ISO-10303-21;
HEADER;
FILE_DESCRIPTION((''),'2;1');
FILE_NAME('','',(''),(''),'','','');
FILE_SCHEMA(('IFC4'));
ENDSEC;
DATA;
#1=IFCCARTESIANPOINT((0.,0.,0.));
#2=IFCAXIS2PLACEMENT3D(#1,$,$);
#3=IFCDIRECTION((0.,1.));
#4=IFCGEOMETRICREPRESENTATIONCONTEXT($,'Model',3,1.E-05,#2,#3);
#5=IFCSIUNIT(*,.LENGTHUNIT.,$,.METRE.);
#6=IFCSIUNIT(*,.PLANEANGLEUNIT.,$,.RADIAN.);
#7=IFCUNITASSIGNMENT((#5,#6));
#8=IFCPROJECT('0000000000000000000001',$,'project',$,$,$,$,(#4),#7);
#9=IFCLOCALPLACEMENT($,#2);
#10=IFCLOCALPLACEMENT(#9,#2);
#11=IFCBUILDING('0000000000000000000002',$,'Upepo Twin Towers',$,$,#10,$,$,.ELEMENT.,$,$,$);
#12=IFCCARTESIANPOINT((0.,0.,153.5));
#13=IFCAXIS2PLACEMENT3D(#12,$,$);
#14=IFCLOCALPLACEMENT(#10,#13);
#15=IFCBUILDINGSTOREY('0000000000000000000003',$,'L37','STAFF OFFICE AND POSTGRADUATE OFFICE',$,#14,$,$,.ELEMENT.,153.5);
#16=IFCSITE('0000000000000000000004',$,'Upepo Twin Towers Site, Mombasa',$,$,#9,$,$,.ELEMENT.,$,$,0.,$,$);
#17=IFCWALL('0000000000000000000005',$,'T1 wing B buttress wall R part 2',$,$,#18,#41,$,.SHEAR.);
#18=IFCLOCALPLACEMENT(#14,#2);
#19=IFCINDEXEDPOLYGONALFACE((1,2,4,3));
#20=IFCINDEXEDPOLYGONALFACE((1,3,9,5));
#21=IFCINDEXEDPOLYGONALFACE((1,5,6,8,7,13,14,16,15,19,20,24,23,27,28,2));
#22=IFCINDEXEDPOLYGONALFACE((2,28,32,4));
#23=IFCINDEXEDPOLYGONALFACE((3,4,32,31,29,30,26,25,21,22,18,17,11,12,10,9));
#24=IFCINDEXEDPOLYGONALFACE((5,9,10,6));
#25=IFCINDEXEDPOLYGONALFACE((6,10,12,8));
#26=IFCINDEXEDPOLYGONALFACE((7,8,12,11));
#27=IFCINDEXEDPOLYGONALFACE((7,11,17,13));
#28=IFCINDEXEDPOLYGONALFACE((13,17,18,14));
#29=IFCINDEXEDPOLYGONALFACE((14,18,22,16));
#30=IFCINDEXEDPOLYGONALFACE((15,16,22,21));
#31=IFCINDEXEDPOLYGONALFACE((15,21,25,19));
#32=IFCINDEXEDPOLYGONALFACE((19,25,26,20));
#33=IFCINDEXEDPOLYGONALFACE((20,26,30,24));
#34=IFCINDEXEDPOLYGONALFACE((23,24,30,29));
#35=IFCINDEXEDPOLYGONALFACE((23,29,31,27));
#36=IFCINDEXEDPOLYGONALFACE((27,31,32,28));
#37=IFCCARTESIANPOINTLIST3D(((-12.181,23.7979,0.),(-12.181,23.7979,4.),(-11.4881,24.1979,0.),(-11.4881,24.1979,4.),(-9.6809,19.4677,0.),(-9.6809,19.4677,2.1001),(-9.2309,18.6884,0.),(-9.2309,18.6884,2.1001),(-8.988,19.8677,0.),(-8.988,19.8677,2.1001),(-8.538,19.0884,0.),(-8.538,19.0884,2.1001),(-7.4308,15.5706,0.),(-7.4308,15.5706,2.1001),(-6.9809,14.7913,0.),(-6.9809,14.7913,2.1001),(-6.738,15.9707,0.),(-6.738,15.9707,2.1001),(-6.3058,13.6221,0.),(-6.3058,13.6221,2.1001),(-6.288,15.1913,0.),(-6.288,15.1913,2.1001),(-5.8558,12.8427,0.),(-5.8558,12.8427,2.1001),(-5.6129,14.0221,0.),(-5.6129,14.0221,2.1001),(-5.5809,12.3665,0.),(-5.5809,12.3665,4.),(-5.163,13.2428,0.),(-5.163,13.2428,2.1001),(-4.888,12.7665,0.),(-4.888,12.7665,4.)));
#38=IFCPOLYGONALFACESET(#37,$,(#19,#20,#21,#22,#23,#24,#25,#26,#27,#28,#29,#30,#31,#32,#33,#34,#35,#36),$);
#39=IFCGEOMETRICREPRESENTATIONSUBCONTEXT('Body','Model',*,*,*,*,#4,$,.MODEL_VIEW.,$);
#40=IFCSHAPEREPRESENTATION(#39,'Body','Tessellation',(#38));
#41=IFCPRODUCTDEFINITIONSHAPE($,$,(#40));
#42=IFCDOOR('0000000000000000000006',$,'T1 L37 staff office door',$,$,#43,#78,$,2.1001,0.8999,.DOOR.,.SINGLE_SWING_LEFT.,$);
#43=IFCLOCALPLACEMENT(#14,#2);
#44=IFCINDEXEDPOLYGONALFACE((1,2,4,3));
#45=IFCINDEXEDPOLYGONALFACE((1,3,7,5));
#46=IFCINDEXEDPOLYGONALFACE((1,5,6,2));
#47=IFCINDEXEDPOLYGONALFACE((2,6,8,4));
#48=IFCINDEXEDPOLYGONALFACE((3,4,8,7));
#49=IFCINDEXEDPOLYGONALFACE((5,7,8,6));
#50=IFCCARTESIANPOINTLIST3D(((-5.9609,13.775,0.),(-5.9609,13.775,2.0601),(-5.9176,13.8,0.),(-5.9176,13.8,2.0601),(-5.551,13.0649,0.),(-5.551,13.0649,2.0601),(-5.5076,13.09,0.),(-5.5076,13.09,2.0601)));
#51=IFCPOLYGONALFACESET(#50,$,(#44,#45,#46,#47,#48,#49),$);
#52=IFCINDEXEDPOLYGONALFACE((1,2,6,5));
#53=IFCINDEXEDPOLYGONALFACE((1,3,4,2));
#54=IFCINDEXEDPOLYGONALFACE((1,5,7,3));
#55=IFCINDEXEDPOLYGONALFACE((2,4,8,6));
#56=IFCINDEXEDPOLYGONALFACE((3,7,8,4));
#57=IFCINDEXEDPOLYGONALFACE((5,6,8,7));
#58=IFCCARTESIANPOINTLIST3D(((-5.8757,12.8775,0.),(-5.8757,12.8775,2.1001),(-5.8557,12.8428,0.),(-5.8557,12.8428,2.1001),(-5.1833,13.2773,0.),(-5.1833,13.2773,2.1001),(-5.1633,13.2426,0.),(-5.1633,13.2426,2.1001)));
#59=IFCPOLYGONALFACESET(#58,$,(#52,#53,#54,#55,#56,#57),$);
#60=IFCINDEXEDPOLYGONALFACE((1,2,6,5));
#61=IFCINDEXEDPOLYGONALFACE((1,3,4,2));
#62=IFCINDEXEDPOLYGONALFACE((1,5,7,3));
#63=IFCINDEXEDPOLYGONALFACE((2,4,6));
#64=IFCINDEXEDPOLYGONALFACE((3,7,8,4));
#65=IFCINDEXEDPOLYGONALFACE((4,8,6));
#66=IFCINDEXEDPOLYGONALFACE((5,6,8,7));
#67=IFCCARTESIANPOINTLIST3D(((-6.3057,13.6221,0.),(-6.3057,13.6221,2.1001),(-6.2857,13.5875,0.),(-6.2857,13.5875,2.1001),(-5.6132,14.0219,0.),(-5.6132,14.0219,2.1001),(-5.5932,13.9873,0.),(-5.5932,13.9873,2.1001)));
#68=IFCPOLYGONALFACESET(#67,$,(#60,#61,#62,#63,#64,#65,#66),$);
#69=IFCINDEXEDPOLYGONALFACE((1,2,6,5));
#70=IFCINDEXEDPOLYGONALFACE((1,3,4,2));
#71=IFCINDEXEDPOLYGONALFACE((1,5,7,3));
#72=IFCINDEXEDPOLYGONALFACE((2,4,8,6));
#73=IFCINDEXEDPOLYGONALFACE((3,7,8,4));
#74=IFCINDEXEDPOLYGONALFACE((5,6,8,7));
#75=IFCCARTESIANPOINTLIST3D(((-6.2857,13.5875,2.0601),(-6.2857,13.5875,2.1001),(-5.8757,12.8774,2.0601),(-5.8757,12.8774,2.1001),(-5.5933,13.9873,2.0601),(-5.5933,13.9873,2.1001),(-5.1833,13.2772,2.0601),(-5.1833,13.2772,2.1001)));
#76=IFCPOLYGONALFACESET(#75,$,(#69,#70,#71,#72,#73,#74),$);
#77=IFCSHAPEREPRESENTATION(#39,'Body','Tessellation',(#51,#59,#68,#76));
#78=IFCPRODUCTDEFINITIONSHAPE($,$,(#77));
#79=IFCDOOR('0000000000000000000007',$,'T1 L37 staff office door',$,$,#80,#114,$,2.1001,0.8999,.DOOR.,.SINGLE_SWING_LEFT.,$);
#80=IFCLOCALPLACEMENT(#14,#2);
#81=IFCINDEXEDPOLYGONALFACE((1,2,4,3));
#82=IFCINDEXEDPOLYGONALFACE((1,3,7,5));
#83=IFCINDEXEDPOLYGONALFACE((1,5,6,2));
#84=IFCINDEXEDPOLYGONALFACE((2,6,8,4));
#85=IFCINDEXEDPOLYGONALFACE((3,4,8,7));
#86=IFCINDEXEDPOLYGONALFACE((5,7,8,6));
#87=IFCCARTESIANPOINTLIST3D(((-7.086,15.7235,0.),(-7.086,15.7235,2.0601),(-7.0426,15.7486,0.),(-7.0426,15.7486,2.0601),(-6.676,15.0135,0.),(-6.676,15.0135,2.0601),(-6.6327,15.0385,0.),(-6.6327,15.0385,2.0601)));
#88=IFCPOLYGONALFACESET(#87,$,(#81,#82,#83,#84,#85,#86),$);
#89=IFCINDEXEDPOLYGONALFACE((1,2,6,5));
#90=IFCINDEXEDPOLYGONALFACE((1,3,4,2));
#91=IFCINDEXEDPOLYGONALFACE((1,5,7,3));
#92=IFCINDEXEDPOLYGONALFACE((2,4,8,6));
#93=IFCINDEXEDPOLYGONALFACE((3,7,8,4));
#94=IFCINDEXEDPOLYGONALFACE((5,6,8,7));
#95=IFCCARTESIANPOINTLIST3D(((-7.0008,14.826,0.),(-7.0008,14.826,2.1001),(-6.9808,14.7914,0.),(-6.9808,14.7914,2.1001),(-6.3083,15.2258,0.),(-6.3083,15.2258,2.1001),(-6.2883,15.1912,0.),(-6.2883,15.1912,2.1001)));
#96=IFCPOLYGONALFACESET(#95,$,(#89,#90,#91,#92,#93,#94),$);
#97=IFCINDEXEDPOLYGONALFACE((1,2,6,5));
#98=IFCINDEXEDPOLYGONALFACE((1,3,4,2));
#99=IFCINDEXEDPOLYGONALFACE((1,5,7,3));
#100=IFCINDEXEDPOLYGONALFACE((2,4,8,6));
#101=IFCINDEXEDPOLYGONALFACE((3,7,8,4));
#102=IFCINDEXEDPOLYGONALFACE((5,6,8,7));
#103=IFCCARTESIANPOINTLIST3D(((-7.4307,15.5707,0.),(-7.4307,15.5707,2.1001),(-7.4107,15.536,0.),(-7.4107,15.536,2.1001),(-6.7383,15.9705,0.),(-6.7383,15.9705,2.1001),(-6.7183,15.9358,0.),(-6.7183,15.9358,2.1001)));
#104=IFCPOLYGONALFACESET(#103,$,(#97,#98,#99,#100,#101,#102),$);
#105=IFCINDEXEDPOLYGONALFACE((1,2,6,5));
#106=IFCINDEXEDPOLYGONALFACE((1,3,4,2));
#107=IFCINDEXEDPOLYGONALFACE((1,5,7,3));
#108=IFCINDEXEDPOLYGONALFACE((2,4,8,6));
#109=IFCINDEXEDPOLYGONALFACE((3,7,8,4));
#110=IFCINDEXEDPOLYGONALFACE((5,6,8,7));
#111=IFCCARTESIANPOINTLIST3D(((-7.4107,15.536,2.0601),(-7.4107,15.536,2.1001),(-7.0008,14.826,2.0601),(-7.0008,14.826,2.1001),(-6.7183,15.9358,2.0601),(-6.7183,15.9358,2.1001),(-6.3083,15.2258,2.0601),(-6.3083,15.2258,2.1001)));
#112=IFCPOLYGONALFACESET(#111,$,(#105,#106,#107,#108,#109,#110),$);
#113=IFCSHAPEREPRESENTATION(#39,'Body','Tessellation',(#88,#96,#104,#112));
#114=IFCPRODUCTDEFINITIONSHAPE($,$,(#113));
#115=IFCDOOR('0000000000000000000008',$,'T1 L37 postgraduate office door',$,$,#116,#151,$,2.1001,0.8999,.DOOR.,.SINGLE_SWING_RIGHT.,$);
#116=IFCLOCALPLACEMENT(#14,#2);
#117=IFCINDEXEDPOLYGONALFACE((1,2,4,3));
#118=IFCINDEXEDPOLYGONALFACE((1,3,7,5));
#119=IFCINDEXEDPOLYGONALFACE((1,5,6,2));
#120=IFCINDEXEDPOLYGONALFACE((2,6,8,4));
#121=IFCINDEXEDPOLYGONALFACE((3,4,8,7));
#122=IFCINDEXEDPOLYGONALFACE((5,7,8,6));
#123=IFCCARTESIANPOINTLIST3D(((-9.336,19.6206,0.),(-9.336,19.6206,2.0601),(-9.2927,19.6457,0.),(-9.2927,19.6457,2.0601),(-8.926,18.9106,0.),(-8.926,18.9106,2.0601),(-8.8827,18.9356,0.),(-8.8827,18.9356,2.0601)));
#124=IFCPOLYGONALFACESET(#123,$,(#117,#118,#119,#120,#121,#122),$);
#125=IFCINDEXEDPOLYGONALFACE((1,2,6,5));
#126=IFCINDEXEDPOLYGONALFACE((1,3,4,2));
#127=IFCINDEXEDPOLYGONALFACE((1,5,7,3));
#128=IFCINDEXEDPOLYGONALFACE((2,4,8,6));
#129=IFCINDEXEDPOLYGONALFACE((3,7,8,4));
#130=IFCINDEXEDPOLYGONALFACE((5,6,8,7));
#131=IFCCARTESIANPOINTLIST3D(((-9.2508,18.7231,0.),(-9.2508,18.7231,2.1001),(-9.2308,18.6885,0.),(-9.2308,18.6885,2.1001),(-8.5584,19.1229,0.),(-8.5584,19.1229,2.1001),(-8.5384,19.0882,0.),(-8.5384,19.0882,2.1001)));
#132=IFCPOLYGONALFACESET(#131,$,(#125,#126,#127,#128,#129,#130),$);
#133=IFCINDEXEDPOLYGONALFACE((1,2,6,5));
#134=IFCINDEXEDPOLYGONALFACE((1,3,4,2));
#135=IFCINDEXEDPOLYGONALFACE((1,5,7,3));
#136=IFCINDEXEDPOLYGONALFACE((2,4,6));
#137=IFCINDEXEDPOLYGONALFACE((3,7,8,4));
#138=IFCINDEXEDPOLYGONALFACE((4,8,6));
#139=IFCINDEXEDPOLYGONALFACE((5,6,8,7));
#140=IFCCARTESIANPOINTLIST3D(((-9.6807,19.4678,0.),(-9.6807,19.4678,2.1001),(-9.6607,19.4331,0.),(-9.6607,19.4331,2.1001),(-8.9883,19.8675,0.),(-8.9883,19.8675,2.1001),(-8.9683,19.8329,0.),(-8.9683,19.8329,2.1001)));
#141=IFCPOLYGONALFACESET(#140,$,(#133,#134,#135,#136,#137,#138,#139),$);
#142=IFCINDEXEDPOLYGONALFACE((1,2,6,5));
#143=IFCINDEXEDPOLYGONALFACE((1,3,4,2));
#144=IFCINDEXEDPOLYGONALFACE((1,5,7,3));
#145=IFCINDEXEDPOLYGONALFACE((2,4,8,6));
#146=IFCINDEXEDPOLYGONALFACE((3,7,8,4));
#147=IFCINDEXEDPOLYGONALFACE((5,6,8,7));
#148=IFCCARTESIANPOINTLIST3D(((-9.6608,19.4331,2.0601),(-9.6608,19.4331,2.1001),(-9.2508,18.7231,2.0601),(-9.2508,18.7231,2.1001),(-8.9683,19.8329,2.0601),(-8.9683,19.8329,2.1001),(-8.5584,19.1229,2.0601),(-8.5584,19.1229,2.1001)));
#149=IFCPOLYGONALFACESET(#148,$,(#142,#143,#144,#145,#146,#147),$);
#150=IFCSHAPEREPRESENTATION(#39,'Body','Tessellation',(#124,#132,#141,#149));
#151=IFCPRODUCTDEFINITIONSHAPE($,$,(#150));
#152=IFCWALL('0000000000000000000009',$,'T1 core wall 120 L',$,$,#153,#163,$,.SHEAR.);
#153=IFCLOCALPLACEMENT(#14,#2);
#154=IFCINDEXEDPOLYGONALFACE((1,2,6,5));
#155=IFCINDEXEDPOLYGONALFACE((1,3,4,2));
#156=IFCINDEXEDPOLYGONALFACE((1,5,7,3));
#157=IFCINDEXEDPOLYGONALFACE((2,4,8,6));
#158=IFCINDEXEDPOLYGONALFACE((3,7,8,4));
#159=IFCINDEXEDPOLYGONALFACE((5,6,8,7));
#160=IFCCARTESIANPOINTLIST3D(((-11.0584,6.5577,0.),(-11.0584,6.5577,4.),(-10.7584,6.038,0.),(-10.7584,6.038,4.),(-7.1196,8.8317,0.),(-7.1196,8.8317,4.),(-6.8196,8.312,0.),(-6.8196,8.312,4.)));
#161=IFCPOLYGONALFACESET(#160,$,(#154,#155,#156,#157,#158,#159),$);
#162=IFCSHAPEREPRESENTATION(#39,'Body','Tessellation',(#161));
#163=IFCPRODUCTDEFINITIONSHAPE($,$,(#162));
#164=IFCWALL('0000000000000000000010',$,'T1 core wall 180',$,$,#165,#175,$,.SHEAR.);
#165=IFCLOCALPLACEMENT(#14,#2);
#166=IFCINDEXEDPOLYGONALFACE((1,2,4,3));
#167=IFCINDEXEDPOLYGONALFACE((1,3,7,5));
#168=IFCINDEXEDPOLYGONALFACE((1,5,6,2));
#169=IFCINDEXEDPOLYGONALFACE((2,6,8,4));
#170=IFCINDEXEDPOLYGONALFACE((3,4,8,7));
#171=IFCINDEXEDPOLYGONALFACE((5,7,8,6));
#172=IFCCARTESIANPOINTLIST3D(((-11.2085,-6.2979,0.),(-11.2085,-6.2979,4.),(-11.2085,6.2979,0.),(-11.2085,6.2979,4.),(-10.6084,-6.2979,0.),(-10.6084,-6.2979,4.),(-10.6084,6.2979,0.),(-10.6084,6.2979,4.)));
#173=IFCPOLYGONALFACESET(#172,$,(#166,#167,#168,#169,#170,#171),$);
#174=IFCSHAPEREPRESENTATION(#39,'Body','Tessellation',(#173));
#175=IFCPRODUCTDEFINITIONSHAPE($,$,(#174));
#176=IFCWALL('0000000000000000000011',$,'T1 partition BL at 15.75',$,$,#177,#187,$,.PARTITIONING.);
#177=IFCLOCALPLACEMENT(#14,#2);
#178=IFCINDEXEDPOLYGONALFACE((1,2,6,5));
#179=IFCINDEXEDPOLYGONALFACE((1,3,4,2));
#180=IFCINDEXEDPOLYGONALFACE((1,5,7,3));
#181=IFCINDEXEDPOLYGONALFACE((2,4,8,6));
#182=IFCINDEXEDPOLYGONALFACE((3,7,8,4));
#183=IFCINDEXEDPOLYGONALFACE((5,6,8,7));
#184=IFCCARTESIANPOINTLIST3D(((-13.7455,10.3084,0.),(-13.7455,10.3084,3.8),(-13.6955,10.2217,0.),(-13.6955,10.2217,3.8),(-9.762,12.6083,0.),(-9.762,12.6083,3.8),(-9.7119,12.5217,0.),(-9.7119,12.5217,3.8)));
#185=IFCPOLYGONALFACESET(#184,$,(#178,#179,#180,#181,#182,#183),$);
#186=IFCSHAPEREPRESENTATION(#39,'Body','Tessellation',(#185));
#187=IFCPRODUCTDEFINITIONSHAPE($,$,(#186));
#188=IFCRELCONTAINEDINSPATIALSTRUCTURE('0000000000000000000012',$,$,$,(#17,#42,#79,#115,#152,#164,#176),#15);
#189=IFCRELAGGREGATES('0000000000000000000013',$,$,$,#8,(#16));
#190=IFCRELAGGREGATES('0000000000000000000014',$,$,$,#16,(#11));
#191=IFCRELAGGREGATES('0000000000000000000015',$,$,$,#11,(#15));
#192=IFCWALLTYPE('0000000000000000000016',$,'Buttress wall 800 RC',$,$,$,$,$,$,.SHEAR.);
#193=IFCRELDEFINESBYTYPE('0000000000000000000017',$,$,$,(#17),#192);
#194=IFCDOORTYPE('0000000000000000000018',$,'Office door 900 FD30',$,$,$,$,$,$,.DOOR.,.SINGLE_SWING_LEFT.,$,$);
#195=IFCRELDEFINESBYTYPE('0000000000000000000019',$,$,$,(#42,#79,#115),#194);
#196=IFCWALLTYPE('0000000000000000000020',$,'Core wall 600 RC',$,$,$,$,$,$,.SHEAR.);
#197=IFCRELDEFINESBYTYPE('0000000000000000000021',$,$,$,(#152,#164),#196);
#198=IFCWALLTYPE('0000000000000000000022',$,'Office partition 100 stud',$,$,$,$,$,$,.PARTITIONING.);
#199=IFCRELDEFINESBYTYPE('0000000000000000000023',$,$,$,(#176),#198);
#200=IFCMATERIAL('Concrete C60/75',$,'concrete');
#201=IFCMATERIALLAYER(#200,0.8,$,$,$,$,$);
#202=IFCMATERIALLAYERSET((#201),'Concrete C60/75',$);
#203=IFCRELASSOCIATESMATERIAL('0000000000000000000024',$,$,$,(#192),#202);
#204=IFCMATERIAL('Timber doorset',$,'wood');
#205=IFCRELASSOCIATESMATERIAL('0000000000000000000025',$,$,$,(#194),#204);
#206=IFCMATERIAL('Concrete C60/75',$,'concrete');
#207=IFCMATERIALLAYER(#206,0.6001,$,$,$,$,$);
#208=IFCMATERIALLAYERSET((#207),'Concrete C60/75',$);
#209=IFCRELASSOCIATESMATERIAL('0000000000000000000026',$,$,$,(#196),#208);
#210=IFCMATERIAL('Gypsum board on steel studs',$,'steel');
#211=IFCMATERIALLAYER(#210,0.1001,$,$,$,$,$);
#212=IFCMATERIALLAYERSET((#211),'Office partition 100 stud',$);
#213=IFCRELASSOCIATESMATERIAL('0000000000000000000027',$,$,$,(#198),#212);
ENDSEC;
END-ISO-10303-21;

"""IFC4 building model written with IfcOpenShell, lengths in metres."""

from ifc_helpers import new_model, si_unit, direction, frame, frame_2d, origin, place, context, subcontext, project, spatial, rectangle, extrude, material, layer, layer_set, type_object, element, fill, save


model = new_model("IFC4")

# Units and contexts
model_context = context("Model", 3, precision=1e-05, world=origin(), true_north=direction((0.0, 1.0)))
body_context = subcontext(model_context, "Body", "Model", "MODEL_VIEW")
ifc_project = project(units=[si_unit("LENGTHUNIT", "METRE"), si_unit("PLANEANGLEUNIT", "RADIAN")], contexts=[model_context])

# Site, building, storey
site_placement = place(None, origin())
site = spatial("IfcSite", under=ifc_project, at=site_placement, Name="Upepo Twin Towers Site, Mombasa", CompositionType="ELEMENT", RefElevation=0.0)
building_placement = place(site_placement, origin())
building = spatial("IfcBuilding", under=site, at=building_placement, Name="Upepo Twin Towers", CompositionType="ELEMENT")
storey_placement = place(building_placement, frame((0.0, 0.0, 153.5)))
storey = spatial("IfcBuildingStorey", under=building, at=storey_placement, Name="L37", Description="STAFF OFFICE AND POSTGRADUATE OFFICE", CompositionType="ELEMENT", Elevation=153.5)

# Wall, openings, doors
ifc_material_1 = material(Name="Concrete C60/75", Category="concrete")
ifc_layer_1 = layer(ifc_material_1, 0.8)
ifc_layer_set_1 = layer_set([ifc_layer_1], Name="Concrete C60/75")
wall_type_1 = type_object("IfcWallType", Name="Buttress wall 800 RC", PredefinedType="SHEAR", material=ifc_layer_set_1)
ifc_material_2 = material(Name="Timber doorset", Category="wood")
door_type_1 = type_object("IfcDoorType", Name="Office door 900 FD30", OperationType="SINGLE_SWING_LEFT", PredefinedType="DOOR", material=ifc_material_2)
wall_1_placement = place(storey_placement, frame((-5.2344, 12.5664, 0.0), z_axis=(0.0, 0.0, 1.0), x_axis=(-0.50001, 0.86602, 0.0)))
wall_1 = element("IfcWall", 1, at=wall_1_placement, inside=storey, type_object=wall_type_1, Name="T1 wing B buttress wall R part 2", PredefinedType="SHEAR", context=body_context, shape_type="SweptSolid", body=[
    extrude(rectangle(XDim=13.2, YDim=0.8, at=frame_2d((6.6001, 0.0))), origin(), (0.0, 0.0, 1.0), 4.0),
])
opening_1_placement = place(wall_1_placement, frame((0.55, 0.0, 0.0)))
opening_1 = element("IfcOpeningElement", 2, at=opening_1_placement, cuts=wall_1, PredefinedType="OPENING", context=body_context, shape_type="SweptSolid", body=[
    extrude(rectangle(XDim=0.8999, YDim=2.1001, at=frame_2d((0.45, 1.05))), frame((0.0, 0.4099, 0.0), z_axis=(0.0, -1.0, 0.0), x_axis=(1.0, 0.0, 0.0)), (0.0, 0.0, 1.0), 0.8201),
])
opening_2_placement = place(wall_1_placement, frame((2.8, 0.0, 0.0)))
opening_2 = element("IfcOpeningElement", 3, at=opening_2_placement, cuts=wall_1, PredefinedType="OPENING", context=body_context, shape_type="SweptSolid", body=[
    extrude(rectangle(XDim=0.8999, YDim=2.1001, at=frame_2d((0.45, 1.05))), frame((0.0, 0.4099, 0.0), z_axis=(0.0, -1.0, 0.0), x_axis=(1.0, 0.0, 0.0)), (0.0, 0.0, 1.0), 0.8201),
])
opening_3_placement = place(wall_1_placement, frame((7.3, 0.0, 0.0)))
opening_3 = element("IfcOpeningElement", 4, at=opening_3_placement, cuts=wall_1, PredefinedType="OPENING", context=body_context, shape_type="SweptSolid", body=[
    extrude(rectangle(XDim=0.8999, YDim=2.1001, at=frame_2d((0.45, 1.05))), frame((0.0, 0.4099, 0.0), z_axis=(0.0, -1.0, 0.0), x_axis=(1.0, 0.0, 0.0)), (0.0, 0.0, 1.0), 0.8201),
])
door_1_placement = place(opening_1_placement, origin())
door_1 = element("IfcDoor", 5, at=door_1_placement, inside=storey, type_object=door_type_1, Name="T1 L37 staff office door", OperationType="SINGLE_SWING_LEFT", OverallHeight=2.1001, OverallWidth=0.8999, PredefinedType="DOOR", context=body_context, shape_type="SweptSolid", body=[
    extrude(rectangle(XDim=0.8199, YDim=2.0601, at=frame_2d((0.45, 1.03))), frame((0.0, 0.0249, 0.0), z_axis=(0.0, -1.0, 0.0), x_axis=(1.0, 0.0, 0.0)), (0.0, 0.0, 1.0), 0.05),
    extrude(rectangle(XDim=0.04, YDim=2.1001, at=frame_2d((0.02, 1.05))), frame((0.0, 0.3999, 0.0), z_axis=(0.0, -1.0, 0.0), x_axis=(1.0, 0.0, 0.0)), (0.0, 0.0, 1.0), 0.7996),
    extrude(rectangle(XDim=0.04, YDim=2.1001, at=frame_2d((0.8799, 1.05))), frame((0.0, 0.3999, 0.0), z_axis=(0.0, -1.0, 0.0), x_axis=(1.0, 0.0, 0.0)), (0.0, 0.0, 1.0), 0.7996),
    extrude(rectangle(XDim=0.8199, YDim=0.04, at=frame_2d((0.45, 2.0801))), frame((0.0, 0.3999, 0.0), z_axis=(0.0, -1.0, 0.0), x_axis=(1.0, 0.0, 0.0)), (0.0, 0.0, 1.0), 0.7996),
])
fill(opening_1, door_1)
door_2_placement = place(opening_2_placement, origin())
door_2 = element("IfcDoor", 6, at=door_2_placement, inside=storey, type_object=door_type_1, Name="T1 L37 staff office door", OperationType="SINGLE_SWING_LEFT", OverallHeight=2.1001, OverallWidth=0.8999, PredefinedType="DOOR", context=body_context, shape_type="SweptSolid", body=[
    extrude(rectangle(XDim=0.8199, YDim=2.0601, at=frame_2d((0.45, 1.03))), frame((0.0, 0.0249, 0.0), z_axis=(0.0, -1.0, 0.0), x_axis=(1.0, 0.0, 0.0)), (0.0, 0.0, 1.0), 0.05),
    extrude(rectangle(XDim=0.04, YDim=2.1001, at=frame_2d((0.02, 1.05))), frame((0.0, 0.3999, 0.0), z_axis=(0.0, -1.0, 0.0), x_axis=(1.0, 0.0, 0.0)), (0.0, 0.0, 1.0), 0.7996),
    extrude(rectangle(XDim=0.04, YDim=2.1001, at=frame_2d((0.8799, 1.05))), frame((0.0, 0.3999, 0.0), z_axis=(0.0, -1.0, 0.0), x_axis=(1.0, 0.0, 0.0)), (0.0, 0.0, 1.0), 0.7996),
    extrude(rectangle(XDim=0.8199, YDim=0.04, at=frame_2d((0.45, 2.0801))), frame((0.0, 0.3999, 0.0), z_axis=(0.0, -1.0, 0.0), x_axis=(1.0, 0.0, 0.0)), (0.0, 0.0, 1.0), 0.7996),
])
fill(opening_2, door_2)
door_3_placement = place(opening_3_placement, origin())
door_3 = element("IfcDoor", 7, at=door_3_placement, inside=storey, type_object=door_type_1, Name="T1 L37 postgraduate office door", OperationType="SINGLE_SWING_RIGHT", OverallHeight=2.1001, OverallWidth=0.8999, PredefinedType="DOOR", context=body_context, shape_type="SweptSolid", body=[
    extrude(rectangle(XDim=0.8199, YDim=2.0601, at=frame_2d((0.45, 1.03))), frame((0.0, 0.0249, 0.0), z_axis=(0.0, -1.0, 0.0), x_axis=(1.0, 0.0, 0.0)), (0.0, 0.0, 1.0), 0.05),
    extrude(rectangle(XDim=0.04, YDim=2.1001, at=frame_2d((0.02, 1.05))), frame((0.0, 0.3999, 0.0), z_axis=(0.0, -1.0, 0.0), x_axis=(1.0, 0.0, 0.0)), (0.0, 0.0, 1.0), 0.7996),
    extrude(rectangle(XDim=0.04, YDim=2.1001, at=frame_2d((0.8799, 1.05))), frame((0.0, 0.3999, 0.0), z_axis=(0.0, -1.0, 0.0), x_axis=(1.0, 0.0, 0.0)), (0.0, 0.0, 1.0), 0.7996),
    extrude(rectangle(XDim=0.8199, YDim=0.04, at=frame_2d((0.45, 2.0801))), frame((0.0, 0.3999, 0.0), z_axis=(0.0, -1.0, 0.0), x_axis=(1.0, 0.0, 0.0)), (0.0, 0.0, 1.0), 0.7996),
])
fill(opening_3, door_3)

# Walls
ifc_material_3 = material(Name="Concrete C60/75", Category="concrete")
ifc_layer_2 = layer(ifc_material_3, 0.6001)
ifc_layer_set_2 = layer_set([ifc_layer_2], Name="Concrete C60/75")
wall_type_2 = type_object("IfcWallType", Name="Core wall 600 RC", PredefinedType="SHEAR", material=ifc_layer_set_2)
wall_2_placement = place(storey_placement, frame((-6.9697, 8.5718, 0.0), z_axis=(0.0, 0.0, 1.0), x_axis=(-0.866035, -0.499984, 0.0)))
element("IfcWall", 8, at=wall_2_placement, inside=storey, type_object=wall_type_2, Name="T1 core wall 120 L", PredefinedType="SHEAR", context=body_context, shape_type="SweptSolid", body=[
    extrude(rectangle(XDim=4.5481, YDim=0.6001, at=frame_2d((2.2739, 0.0))), origin(), (0.0, 0.0, 1.0), 4.0),
])
wall_3_placement = place(storey_placement, frame((-10.9084, 6.2979, 0.0), z_axis=(0.0, 0.0, 1.0), x_axis=(0.0, -1.0, 0.0)))
element("IfcWall", 9, at=wall_3_placement, inside=storey, type_object=wall_type_2, Name="T1 core wall 180", PredefinedType="SHEAR", context=body_context, shape_type="SweptSolid", body=[
    extrude(rectangle(XDim=12.5957, YDim=0.6001, at=frame_2d((6.2979, 0.0))), origin(), (0.0, 0.0, 1.0), 4.0),
])
ifc_material_4 = material(Name="Gypsum board on steel studs", Category="steel")
ifc_layer_3 = layer(ifc_material_4, 0.1001)
ifc_layer_set_3 = layer_set([ifc_layer_3], Name="Office partition 100 stud")
wall_type_3 = type_object("IfcWallType", Name="Office partition 100 stud", PredefinedType="PARTITIONING", material=ifc_layer_set_3)
wall_4_placement = place(storey_placement, frame((-9.7371, 12.5649, 0.0), z_axis=(0.0, 0.0, 1.0), x_axis=(-0.866017, -0.500015, 0.0)))
element("IfcWall", 10, at=wall_4_placement, inside=storey, type_object=wall_type_3, Name="T1 partition BL at 15.75", PredefinedType="PARTITIONING", context=body_context, shape_type="SweptSolid", body=[
    extrude(rectangle(XDim=4.5999, YDim=0.1001, at=frame_2d((2.2998, 0.0))), origin(), (0.0, 0.0, 1.0), 3.8),
])

save(model, "model.ifc")
